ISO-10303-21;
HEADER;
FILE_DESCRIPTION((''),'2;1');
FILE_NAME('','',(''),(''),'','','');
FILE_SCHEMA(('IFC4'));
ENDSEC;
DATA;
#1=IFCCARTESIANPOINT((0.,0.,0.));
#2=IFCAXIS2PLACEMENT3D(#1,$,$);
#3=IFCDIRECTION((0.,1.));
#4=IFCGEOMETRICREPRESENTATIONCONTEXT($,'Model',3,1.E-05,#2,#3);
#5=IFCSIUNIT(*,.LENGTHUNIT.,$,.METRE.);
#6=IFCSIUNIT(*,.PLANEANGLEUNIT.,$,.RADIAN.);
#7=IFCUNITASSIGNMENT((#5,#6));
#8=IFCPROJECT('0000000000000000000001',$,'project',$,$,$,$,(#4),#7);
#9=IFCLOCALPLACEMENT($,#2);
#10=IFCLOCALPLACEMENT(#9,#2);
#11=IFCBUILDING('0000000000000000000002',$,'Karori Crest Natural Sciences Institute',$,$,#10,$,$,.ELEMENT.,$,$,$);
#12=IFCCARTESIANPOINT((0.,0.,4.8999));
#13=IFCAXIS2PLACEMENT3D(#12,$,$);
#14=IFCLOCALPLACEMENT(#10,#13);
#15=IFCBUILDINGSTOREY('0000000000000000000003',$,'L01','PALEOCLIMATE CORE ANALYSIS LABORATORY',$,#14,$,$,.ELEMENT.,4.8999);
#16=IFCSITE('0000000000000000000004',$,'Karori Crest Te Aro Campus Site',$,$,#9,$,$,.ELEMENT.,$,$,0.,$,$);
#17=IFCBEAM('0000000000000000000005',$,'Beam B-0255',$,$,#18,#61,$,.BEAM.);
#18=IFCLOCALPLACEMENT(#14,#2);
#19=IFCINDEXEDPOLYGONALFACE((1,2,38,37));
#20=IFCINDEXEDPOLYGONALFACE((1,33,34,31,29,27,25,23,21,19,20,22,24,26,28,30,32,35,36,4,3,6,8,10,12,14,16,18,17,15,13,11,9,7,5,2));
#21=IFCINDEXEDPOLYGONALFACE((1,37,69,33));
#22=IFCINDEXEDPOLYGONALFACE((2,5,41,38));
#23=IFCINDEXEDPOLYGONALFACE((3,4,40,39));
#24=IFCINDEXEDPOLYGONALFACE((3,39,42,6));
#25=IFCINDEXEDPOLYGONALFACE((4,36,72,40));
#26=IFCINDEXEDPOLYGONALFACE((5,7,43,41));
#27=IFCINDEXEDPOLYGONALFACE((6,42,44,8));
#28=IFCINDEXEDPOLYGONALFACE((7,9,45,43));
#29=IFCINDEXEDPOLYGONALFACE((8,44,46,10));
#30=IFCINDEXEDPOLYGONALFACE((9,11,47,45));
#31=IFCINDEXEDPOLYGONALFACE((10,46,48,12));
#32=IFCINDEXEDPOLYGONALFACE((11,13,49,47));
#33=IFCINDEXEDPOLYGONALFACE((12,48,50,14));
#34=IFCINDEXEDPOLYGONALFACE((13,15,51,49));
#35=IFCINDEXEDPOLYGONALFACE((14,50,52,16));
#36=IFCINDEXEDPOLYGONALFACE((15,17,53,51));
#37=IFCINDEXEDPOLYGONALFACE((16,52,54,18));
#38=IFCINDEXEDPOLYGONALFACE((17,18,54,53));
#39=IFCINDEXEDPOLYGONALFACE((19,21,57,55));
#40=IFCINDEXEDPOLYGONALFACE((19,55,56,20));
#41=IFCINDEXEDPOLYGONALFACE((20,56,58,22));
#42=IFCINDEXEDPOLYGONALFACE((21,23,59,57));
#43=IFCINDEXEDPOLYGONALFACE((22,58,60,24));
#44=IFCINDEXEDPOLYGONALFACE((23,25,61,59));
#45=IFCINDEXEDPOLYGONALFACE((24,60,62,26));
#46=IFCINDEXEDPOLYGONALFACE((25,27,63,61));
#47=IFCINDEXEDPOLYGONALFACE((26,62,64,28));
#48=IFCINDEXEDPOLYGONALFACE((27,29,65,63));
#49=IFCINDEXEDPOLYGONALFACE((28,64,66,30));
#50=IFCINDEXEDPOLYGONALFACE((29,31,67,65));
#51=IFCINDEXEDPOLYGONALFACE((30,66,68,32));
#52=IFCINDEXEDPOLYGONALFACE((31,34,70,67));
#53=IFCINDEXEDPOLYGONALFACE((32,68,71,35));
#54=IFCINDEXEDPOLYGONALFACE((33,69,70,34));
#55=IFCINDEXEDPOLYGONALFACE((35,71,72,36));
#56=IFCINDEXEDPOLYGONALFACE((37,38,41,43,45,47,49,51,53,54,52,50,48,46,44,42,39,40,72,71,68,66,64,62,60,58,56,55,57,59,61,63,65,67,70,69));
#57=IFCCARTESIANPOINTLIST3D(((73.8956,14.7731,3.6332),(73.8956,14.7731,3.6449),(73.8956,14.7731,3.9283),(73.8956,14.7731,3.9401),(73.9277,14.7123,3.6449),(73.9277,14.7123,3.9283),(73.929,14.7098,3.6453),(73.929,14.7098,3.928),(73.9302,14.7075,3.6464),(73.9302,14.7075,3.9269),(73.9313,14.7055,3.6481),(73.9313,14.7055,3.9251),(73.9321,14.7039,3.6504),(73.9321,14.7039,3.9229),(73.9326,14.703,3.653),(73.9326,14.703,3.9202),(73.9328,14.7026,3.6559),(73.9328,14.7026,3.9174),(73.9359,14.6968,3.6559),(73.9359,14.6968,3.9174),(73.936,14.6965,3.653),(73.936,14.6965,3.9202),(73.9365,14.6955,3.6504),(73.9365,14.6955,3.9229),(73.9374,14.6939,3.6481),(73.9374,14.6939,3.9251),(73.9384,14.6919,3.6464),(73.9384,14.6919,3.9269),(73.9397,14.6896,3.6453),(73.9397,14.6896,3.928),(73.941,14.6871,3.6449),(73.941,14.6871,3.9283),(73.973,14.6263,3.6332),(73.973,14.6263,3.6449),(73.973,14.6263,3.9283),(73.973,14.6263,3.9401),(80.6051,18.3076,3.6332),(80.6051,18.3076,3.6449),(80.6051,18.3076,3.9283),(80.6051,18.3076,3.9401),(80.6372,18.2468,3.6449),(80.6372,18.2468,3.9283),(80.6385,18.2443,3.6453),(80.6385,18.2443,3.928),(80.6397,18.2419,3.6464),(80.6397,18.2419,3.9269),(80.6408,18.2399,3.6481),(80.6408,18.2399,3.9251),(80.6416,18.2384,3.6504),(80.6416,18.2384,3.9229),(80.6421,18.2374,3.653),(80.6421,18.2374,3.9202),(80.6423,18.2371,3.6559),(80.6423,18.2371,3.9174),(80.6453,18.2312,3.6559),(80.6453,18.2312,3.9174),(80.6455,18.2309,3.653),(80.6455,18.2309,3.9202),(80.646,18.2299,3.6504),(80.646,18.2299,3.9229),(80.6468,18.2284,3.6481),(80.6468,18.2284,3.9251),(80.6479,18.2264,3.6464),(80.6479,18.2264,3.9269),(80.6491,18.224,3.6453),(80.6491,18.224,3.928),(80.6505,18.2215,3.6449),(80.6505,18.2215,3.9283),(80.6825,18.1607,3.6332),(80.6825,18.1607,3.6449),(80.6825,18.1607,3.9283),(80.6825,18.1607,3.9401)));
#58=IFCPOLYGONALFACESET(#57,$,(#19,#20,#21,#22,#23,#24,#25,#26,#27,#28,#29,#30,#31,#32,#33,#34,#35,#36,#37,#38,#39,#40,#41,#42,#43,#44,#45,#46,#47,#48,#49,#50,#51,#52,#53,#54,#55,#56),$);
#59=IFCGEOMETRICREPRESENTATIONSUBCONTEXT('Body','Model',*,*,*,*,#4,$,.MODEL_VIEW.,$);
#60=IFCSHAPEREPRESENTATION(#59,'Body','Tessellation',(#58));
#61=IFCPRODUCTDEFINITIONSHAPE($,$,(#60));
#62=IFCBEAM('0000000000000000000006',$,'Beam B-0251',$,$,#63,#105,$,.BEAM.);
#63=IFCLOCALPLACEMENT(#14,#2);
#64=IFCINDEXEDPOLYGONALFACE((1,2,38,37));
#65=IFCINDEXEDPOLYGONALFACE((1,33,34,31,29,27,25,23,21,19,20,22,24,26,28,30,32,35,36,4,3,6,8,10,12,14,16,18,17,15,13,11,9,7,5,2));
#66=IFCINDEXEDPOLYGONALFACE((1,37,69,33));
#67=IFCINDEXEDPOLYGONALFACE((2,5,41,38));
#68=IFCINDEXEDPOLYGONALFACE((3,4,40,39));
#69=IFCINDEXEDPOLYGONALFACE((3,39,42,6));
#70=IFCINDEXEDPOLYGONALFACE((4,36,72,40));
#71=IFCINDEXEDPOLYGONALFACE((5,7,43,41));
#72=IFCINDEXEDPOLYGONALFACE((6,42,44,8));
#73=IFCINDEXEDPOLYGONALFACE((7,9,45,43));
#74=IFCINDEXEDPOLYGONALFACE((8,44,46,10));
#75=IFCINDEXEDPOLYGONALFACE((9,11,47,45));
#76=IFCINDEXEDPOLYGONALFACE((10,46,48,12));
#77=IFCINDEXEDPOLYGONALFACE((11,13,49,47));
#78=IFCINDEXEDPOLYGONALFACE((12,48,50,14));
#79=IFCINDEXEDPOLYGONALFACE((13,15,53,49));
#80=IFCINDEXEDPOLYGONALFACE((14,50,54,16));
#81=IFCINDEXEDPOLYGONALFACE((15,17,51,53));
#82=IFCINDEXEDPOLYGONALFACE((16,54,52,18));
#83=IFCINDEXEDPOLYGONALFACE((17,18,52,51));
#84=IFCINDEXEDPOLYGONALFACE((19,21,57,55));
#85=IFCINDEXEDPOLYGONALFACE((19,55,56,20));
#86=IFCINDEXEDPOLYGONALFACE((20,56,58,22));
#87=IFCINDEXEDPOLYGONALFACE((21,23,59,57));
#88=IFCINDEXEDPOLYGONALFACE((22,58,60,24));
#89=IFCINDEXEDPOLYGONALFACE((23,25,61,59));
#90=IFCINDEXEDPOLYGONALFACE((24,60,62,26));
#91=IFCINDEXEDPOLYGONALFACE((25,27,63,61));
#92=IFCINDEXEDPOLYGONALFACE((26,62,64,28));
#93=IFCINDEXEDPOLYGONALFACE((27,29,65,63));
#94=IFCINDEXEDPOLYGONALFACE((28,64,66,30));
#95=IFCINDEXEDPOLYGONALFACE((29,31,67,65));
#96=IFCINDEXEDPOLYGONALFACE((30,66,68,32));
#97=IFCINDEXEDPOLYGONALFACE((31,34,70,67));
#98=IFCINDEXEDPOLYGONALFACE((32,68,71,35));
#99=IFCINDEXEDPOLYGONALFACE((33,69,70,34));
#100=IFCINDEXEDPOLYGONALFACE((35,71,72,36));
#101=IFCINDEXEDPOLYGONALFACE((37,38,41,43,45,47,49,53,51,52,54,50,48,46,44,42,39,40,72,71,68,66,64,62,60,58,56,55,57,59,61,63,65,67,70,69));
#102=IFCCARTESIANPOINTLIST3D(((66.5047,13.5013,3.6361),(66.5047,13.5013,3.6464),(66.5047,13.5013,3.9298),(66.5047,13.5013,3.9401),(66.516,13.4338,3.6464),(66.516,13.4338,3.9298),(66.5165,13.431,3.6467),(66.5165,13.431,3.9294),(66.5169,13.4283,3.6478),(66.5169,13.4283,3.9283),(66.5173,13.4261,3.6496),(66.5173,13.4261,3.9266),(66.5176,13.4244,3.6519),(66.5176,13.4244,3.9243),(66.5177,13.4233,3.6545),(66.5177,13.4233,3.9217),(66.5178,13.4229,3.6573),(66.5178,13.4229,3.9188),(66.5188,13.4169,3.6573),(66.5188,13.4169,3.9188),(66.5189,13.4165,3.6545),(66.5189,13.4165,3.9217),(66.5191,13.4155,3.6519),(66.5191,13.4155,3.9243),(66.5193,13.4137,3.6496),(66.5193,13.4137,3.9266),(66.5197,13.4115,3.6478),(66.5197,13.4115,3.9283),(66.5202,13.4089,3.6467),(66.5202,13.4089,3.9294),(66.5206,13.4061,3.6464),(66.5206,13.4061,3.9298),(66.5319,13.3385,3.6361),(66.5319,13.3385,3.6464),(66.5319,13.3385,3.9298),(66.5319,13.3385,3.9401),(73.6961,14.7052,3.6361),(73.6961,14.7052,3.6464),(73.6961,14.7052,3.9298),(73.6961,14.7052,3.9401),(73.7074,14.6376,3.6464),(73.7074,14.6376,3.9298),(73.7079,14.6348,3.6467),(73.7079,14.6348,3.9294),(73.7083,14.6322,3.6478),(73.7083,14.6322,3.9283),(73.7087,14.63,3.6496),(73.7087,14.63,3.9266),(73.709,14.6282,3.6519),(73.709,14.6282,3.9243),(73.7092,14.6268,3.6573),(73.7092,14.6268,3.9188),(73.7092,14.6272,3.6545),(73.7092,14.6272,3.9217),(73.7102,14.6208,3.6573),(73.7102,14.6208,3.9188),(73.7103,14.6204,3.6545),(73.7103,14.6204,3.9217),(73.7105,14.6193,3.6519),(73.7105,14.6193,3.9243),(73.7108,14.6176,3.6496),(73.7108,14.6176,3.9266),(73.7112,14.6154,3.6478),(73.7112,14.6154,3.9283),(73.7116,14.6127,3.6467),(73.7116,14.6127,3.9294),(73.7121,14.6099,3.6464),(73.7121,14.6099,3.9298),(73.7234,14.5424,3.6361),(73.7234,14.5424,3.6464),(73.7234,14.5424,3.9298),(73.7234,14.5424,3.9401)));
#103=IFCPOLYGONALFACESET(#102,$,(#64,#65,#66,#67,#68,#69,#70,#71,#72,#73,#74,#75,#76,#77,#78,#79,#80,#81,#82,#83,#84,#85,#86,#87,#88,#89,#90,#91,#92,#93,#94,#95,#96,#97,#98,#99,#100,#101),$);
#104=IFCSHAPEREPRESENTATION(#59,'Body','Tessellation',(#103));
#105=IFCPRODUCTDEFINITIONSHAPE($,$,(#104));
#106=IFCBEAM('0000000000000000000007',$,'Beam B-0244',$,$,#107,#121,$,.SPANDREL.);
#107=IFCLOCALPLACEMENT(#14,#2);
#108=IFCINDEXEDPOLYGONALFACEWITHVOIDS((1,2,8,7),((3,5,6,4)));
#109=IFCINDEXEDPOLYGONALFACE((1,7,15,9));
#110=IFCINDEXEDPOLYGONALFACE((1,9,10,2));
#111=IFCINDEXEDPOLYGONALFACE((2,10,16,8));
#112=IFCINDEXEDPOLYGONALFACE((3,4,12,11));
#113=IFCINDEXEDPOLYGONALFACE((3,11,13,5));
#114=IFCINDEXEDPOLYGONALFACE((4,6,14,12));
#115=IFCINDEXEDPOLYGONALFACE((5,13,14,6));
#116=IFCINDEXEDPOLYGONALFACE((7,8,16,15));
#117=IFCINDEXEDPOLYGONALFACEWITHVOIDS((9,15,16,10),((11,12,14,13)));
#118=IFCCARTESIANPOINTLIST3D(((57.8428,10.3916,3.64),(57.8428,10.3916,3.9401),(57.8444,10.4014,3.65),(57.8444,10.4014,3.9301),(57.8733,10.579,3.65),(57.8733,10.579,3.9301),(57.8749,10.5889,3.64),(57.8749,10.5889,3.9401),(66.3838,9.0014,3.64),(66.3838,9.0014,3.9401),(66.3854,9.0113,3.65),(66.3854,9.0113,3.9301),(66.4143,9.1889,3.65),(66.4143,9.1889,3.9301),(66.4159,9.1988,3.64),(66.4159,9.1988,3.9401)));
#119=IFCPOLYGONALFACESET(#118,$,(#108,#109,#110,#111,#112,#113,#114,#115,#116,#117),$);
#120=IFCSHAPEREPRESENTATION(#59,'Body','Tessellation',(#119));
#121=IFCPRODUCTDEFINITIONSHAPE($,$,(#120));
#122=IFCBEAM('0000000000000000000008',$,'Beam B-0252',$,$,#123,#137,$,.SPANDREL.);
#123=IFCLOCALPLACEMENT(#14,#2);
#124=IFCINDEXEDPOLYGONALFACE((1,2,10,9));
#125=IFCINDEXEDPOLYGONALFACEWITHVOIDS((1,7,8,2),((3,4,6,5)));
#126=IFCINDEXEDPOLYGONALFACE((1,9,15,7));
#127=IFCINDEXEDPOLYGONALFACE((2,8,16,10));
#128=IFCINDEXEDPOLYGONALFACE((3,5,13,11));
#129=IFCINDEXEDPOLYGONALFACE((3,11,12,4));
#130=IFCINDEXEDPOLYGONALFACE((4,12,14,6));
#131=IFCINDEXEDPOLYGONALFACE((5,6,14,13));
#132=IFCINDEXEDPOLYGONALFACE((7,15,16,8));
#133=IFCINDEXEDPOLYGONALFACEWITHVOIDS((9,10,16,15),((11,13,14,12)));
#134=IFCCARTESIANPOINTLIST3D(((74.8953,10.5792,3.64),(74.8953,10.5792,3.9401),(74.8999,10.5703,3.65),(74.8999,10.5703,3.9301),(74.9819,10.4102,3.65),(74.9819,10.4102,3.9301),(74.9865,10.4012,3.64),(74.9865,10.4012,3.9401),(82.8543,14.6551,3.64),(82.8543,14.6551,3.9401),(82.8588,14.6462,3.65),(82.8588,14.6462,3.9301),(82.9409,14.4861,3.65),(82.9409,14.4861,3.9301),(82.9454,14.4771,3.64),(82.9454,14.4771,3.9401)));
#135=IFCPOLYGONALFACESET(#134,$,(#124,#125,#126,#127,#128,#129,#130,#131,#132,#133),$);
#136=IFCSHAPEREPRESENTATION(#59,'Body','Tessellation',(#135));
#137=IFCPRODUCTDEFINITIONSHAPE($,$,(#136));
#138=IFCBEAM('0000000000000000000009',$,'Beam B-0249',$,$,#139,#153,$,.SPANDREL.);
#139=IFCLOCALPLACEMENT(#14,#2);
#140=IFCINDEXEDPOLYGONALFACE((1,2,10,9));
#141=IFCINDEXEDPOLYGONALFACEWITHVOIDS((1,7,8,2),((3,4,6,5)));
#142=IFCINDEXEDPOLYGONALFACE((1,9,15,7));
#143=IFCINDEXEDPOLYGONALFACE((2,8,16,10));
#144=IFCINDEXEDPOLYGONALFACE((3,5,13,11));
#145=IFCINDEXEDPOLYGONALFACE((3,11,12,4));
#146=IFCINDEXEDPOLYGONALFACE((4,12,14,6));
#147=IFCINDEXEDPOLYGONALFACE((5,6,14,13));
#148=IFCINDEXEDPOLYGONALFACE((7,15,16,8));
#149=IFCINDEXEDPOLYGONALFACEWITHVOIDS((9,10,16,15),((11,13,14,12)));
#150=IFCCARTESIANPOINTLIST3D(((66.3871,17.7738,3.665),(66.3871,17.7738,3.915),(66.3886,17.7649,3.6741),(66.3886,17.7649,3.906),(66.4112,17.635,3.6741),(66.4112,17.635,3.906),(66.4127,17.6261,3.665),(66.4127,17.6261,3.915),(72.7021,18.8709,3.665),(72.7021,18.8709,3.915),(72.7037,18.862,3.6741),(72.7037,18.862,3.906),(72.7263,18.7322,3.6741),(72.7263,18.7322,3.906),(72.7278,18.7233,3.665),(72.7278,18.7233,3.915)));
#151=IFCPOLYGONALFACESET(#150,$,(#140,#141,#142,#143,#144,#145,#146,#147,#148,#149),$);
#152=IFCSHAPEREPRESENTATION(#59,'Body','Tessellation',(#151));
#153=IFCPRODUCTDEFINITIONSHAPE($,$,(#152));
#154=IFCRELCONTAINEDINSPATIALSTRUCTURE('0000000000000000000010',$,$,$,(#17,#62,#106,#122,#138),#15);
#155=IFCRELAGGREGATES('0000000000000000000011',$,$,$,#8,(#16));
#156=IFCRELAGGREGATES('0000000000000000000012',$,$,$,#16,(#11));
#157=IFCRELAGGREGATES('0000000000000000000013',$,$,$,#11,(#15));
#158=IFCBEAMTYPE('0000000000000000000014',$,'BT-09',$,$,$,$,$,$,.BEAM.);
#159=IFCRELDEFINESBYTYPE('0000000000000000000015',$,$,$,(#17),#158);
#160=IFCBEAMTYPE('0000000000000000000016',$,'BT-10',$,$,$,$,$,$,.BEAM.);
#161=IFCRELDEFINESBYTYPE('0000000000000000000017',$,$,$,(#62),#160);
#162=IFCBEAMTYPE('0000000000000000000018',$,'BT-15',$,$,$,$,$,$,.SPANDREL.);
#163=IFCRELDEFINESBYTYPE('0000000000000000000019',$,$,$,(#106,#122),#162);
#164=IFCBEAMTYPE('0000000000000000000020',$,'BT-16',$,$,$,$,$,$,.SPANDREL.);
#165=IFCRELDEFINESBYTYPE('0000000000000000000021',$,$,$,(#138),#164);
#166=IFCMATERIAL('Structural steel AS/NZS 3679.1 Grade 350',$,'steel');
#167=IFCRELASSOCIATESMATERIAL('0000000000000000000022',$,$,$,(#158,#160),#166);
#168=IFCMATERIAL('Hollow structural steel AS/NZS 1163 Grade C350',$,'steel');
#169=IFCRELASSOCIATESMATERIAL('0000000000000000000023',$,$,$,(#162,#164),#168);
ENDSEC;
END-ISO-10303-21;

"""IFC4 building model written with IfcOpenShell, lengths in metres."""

from ifc_helpers import new_model, si_unit, direction, frame, origin, origin_2d, place, context, subcontext, project, spatial, hollow_rectangle, i_section, extrude, material, material_profile, profile_set, type_object, element, save


model = new_model("IFC4")

# Units and contexts
model_context = context("Model", 3, precision=1e-05, world=origin(), true_north=direction((0.0, 1.0)))
body_context = subcontext(model_context, "Body", "Model", "MODEL_VIEW")
ifc_project = project(units=[si_unit("LENGTHUNIT", "METRE"), si_unit("PLANEANGLEUNIT", "RADIAN")], contexts=[model_context])

# Site, building, storey
site_placement = place(None, origin())
site = spatial("IfcSite", under=ifc_project, at=site_placement, Name="Karori Crest Te Aro Campus Site", CompositionType="ELEMENT", RefElevation=0.0)
building_placement = place(site_placement, origin())
building = spatial("IfcBuilding", under=site, at=building_placement, Name="Karori Crest Natural Sciences Institute", CompositionType="ELEMENT")
storey_placement = place(building_placement, frame((0.0, 0.0, 4.8999)))
storey = spatial("IfcBuildingStorey", under=building, at=storey_placement, Name="L01", Description="PALEOCLIMATE CORE ANALYSIS LABORATORY", CompositionType="ELEMENT", Elevation=4.8999)

# Shared definitions
ifc_material_1 = material(Name="Structural steel AS/NZS 3679.1 Grade 350", Category="steel")
ifc_material_2 = material(Name="Hollow structural steel AS/NZS 1163 Grade C350", Category="steel")

# Beams
ifc_material_profile_1 = material_profile(ifc_material_1, i_section(OverallWidth=0.166, OverallDepth=0.3069, WebThickness=0.0066, FlangeThickness=0.0117, FilletRadius=0.011, at=origin_2d()), Name="310UB46.2")
ifc_profile_set_1 = profile_set([ifc_material_profile_1], Name="Structural steel AS/NZS 3679.1 Grade 350")
beam_type_1 = type_object("IfcBeamType", Name="BT-09", PredefinedType="BEAM", material=ifc_profile_set_1)
beam_1_placement = place(storey_placement, frame((73.9343, 14.6997, 3.7866), z_axis=(0.884748, 0.466069, 0.0), x_axis=(-0.466069, 0.884748, 0.0)))
element("IfcBeam", 1, at=beam_1_placement, inside=storey, type_object=beam_type_1, Name="Beam B-0255", PredefinedType="BEAM", context=body_context, shape_type="SweptSolid", body=[
    extrude(i_section(OverallWidth=0.166, OverallDepth=0.3069, WebThickness=0.0066, FlangeThickness=0.0117, FilletRadius=0.011, at=origin_2d()), origin(), (0.0, 0.0, 1.0), 7.5835),
])
ifc_material_profile_2 = material_profile(ifc_material_1, i_section(OverallWidth=0.165, OverallDepth=0.304, WebThickness=0.0061, FlangeThickness=0.0103, FilletRadius=0.011, at=origin_2d()), Name="310UB40.4")
ifc_profile_set_2 = profile_set([ifc_material_profile_2], Name="Structural steel AS/NZS 3679.1 Grade 350")
beam_type_2 = type_object("IfcBeamType", Name="BT-10", PredefinedType="BEAM", material=ifc_profile_set_2)
beam_2_placement = place(storey_placement, frame((66.5183, 13.4199, 3.7881), z_axis=(0.986276, 0.165105, 0.0), x_axis=(-0.165105, 0.986276, 0.0)))
element("IfcBeam", 2, at=beam_2_placement, inside=storey, type_object=beam_type_2, Name="Beam B-0251", PredefinedType="BEAM", context=body_context, shape_type="SweptSolid", body=[
    extrude(i_section(OverallWidth=0.165, OverallDepth=0.304, WebThickness=0.0061, FlangeThickness=0.0103, FilletRadius=0.011, at=origin_2d()), origin(), (0.0, 0.0, 1.0), 7.2915),
])
ifc_material_profile_3 = material_profile(ifc_material_2, hollow_rectangle(XDim=0.2, YDim=0.3, WallThickness=0.01, at=origin_2d()), Name="RHS300x200x10")
ifc_profile_set_3 = profile_set([ifc_material_profile_3], Name="Hollow structural steel AS/NZS 1163 Grade C350")
beam_type_3 = type_object("IfcBeamType", Name="BT-15", PredefinedType="SPANDREL", material=ifc_profile_set_3)
beam_3_placement = place(storey_placement, frame((57.8589, 10.4902, 3.79), z_axis=(0.987012, -0.160646, 0.0), x_axis=(0.160646, 0.987012, 0.0)))
element("IfcBeam", 3, at=beam_3_placement, inside=storey, type_object=beam_type_3, Name="Beam B-0244", PredefinedType="SPANDREL", context=body_context, shape_type="SweptSolid", body=[
    extrude(hollow_rectangle(XDim=0.2, YDim=0.3, WallThickness=0.01, at=origin_2d()), origin(), (0.0, 0.0, 1.0), 8.6533),
])
beam_4_placement = place(storey_placement, frame((74.9409, 10.4902, 3.79), z_axis=(0.890072, 0.45582, 0.0), x_axis=(-0.45582, 0.890072, 0.0)))
element("IfcBeam", 4, at=beam_4_placement, inside=storey, type_object=beam_type_3, Name="Beam B-0252", PredefinedType="SPANDREL", context=body_context, shape_type="SweptSolid", body=[
    extrude(hollow_rectangle(XDim=0.2, YDim=0.3, WallThickness=0.01, at=origin_2d()), origin(), (0.0, 0.0, 1.0), 8.9419),
])
ifc_material_profile_4 = material_profile(ifc_material_2, hollow_rectangle(XDim=0.1499, YDim=0.25, WallThickness=0.009, at=origin_2d()), Name="RHS250x150x9")
ifc_profile_set_4 = profile_set([ifc_material_profile_4], Name="Hollow structural steel AS/NZS 1163 Grade C350")
beam_type_4 = type_object("IfcBeamType", Name="BT-16", PredefinedType="SPANDREL", material=ifc_profile_set_4)
beam_5_placement = place(storey_placement, frame((66.3999, 17.7, 3.79), z_axis=(0.985241, 0.171171, 0.0), x_axis=(-0.171171, 0.985241, 0.0)))
element("IfcBeam", 5, at=beam_5_placement, inside=storey, type_object=beam_type_4, Name="Beam B-0249", PredefinedType="SPANDREL", context=body_context, shape_type="SweptSolid", body=[
    extrude(hollow_rectangle(XDim=0.1499, YDim=0.25, WallThickness=0.009, at=origin_2d()), origin(), (0.0, 0.0, 1.0), 6.4097),
])

save(model, "model.ifc")
